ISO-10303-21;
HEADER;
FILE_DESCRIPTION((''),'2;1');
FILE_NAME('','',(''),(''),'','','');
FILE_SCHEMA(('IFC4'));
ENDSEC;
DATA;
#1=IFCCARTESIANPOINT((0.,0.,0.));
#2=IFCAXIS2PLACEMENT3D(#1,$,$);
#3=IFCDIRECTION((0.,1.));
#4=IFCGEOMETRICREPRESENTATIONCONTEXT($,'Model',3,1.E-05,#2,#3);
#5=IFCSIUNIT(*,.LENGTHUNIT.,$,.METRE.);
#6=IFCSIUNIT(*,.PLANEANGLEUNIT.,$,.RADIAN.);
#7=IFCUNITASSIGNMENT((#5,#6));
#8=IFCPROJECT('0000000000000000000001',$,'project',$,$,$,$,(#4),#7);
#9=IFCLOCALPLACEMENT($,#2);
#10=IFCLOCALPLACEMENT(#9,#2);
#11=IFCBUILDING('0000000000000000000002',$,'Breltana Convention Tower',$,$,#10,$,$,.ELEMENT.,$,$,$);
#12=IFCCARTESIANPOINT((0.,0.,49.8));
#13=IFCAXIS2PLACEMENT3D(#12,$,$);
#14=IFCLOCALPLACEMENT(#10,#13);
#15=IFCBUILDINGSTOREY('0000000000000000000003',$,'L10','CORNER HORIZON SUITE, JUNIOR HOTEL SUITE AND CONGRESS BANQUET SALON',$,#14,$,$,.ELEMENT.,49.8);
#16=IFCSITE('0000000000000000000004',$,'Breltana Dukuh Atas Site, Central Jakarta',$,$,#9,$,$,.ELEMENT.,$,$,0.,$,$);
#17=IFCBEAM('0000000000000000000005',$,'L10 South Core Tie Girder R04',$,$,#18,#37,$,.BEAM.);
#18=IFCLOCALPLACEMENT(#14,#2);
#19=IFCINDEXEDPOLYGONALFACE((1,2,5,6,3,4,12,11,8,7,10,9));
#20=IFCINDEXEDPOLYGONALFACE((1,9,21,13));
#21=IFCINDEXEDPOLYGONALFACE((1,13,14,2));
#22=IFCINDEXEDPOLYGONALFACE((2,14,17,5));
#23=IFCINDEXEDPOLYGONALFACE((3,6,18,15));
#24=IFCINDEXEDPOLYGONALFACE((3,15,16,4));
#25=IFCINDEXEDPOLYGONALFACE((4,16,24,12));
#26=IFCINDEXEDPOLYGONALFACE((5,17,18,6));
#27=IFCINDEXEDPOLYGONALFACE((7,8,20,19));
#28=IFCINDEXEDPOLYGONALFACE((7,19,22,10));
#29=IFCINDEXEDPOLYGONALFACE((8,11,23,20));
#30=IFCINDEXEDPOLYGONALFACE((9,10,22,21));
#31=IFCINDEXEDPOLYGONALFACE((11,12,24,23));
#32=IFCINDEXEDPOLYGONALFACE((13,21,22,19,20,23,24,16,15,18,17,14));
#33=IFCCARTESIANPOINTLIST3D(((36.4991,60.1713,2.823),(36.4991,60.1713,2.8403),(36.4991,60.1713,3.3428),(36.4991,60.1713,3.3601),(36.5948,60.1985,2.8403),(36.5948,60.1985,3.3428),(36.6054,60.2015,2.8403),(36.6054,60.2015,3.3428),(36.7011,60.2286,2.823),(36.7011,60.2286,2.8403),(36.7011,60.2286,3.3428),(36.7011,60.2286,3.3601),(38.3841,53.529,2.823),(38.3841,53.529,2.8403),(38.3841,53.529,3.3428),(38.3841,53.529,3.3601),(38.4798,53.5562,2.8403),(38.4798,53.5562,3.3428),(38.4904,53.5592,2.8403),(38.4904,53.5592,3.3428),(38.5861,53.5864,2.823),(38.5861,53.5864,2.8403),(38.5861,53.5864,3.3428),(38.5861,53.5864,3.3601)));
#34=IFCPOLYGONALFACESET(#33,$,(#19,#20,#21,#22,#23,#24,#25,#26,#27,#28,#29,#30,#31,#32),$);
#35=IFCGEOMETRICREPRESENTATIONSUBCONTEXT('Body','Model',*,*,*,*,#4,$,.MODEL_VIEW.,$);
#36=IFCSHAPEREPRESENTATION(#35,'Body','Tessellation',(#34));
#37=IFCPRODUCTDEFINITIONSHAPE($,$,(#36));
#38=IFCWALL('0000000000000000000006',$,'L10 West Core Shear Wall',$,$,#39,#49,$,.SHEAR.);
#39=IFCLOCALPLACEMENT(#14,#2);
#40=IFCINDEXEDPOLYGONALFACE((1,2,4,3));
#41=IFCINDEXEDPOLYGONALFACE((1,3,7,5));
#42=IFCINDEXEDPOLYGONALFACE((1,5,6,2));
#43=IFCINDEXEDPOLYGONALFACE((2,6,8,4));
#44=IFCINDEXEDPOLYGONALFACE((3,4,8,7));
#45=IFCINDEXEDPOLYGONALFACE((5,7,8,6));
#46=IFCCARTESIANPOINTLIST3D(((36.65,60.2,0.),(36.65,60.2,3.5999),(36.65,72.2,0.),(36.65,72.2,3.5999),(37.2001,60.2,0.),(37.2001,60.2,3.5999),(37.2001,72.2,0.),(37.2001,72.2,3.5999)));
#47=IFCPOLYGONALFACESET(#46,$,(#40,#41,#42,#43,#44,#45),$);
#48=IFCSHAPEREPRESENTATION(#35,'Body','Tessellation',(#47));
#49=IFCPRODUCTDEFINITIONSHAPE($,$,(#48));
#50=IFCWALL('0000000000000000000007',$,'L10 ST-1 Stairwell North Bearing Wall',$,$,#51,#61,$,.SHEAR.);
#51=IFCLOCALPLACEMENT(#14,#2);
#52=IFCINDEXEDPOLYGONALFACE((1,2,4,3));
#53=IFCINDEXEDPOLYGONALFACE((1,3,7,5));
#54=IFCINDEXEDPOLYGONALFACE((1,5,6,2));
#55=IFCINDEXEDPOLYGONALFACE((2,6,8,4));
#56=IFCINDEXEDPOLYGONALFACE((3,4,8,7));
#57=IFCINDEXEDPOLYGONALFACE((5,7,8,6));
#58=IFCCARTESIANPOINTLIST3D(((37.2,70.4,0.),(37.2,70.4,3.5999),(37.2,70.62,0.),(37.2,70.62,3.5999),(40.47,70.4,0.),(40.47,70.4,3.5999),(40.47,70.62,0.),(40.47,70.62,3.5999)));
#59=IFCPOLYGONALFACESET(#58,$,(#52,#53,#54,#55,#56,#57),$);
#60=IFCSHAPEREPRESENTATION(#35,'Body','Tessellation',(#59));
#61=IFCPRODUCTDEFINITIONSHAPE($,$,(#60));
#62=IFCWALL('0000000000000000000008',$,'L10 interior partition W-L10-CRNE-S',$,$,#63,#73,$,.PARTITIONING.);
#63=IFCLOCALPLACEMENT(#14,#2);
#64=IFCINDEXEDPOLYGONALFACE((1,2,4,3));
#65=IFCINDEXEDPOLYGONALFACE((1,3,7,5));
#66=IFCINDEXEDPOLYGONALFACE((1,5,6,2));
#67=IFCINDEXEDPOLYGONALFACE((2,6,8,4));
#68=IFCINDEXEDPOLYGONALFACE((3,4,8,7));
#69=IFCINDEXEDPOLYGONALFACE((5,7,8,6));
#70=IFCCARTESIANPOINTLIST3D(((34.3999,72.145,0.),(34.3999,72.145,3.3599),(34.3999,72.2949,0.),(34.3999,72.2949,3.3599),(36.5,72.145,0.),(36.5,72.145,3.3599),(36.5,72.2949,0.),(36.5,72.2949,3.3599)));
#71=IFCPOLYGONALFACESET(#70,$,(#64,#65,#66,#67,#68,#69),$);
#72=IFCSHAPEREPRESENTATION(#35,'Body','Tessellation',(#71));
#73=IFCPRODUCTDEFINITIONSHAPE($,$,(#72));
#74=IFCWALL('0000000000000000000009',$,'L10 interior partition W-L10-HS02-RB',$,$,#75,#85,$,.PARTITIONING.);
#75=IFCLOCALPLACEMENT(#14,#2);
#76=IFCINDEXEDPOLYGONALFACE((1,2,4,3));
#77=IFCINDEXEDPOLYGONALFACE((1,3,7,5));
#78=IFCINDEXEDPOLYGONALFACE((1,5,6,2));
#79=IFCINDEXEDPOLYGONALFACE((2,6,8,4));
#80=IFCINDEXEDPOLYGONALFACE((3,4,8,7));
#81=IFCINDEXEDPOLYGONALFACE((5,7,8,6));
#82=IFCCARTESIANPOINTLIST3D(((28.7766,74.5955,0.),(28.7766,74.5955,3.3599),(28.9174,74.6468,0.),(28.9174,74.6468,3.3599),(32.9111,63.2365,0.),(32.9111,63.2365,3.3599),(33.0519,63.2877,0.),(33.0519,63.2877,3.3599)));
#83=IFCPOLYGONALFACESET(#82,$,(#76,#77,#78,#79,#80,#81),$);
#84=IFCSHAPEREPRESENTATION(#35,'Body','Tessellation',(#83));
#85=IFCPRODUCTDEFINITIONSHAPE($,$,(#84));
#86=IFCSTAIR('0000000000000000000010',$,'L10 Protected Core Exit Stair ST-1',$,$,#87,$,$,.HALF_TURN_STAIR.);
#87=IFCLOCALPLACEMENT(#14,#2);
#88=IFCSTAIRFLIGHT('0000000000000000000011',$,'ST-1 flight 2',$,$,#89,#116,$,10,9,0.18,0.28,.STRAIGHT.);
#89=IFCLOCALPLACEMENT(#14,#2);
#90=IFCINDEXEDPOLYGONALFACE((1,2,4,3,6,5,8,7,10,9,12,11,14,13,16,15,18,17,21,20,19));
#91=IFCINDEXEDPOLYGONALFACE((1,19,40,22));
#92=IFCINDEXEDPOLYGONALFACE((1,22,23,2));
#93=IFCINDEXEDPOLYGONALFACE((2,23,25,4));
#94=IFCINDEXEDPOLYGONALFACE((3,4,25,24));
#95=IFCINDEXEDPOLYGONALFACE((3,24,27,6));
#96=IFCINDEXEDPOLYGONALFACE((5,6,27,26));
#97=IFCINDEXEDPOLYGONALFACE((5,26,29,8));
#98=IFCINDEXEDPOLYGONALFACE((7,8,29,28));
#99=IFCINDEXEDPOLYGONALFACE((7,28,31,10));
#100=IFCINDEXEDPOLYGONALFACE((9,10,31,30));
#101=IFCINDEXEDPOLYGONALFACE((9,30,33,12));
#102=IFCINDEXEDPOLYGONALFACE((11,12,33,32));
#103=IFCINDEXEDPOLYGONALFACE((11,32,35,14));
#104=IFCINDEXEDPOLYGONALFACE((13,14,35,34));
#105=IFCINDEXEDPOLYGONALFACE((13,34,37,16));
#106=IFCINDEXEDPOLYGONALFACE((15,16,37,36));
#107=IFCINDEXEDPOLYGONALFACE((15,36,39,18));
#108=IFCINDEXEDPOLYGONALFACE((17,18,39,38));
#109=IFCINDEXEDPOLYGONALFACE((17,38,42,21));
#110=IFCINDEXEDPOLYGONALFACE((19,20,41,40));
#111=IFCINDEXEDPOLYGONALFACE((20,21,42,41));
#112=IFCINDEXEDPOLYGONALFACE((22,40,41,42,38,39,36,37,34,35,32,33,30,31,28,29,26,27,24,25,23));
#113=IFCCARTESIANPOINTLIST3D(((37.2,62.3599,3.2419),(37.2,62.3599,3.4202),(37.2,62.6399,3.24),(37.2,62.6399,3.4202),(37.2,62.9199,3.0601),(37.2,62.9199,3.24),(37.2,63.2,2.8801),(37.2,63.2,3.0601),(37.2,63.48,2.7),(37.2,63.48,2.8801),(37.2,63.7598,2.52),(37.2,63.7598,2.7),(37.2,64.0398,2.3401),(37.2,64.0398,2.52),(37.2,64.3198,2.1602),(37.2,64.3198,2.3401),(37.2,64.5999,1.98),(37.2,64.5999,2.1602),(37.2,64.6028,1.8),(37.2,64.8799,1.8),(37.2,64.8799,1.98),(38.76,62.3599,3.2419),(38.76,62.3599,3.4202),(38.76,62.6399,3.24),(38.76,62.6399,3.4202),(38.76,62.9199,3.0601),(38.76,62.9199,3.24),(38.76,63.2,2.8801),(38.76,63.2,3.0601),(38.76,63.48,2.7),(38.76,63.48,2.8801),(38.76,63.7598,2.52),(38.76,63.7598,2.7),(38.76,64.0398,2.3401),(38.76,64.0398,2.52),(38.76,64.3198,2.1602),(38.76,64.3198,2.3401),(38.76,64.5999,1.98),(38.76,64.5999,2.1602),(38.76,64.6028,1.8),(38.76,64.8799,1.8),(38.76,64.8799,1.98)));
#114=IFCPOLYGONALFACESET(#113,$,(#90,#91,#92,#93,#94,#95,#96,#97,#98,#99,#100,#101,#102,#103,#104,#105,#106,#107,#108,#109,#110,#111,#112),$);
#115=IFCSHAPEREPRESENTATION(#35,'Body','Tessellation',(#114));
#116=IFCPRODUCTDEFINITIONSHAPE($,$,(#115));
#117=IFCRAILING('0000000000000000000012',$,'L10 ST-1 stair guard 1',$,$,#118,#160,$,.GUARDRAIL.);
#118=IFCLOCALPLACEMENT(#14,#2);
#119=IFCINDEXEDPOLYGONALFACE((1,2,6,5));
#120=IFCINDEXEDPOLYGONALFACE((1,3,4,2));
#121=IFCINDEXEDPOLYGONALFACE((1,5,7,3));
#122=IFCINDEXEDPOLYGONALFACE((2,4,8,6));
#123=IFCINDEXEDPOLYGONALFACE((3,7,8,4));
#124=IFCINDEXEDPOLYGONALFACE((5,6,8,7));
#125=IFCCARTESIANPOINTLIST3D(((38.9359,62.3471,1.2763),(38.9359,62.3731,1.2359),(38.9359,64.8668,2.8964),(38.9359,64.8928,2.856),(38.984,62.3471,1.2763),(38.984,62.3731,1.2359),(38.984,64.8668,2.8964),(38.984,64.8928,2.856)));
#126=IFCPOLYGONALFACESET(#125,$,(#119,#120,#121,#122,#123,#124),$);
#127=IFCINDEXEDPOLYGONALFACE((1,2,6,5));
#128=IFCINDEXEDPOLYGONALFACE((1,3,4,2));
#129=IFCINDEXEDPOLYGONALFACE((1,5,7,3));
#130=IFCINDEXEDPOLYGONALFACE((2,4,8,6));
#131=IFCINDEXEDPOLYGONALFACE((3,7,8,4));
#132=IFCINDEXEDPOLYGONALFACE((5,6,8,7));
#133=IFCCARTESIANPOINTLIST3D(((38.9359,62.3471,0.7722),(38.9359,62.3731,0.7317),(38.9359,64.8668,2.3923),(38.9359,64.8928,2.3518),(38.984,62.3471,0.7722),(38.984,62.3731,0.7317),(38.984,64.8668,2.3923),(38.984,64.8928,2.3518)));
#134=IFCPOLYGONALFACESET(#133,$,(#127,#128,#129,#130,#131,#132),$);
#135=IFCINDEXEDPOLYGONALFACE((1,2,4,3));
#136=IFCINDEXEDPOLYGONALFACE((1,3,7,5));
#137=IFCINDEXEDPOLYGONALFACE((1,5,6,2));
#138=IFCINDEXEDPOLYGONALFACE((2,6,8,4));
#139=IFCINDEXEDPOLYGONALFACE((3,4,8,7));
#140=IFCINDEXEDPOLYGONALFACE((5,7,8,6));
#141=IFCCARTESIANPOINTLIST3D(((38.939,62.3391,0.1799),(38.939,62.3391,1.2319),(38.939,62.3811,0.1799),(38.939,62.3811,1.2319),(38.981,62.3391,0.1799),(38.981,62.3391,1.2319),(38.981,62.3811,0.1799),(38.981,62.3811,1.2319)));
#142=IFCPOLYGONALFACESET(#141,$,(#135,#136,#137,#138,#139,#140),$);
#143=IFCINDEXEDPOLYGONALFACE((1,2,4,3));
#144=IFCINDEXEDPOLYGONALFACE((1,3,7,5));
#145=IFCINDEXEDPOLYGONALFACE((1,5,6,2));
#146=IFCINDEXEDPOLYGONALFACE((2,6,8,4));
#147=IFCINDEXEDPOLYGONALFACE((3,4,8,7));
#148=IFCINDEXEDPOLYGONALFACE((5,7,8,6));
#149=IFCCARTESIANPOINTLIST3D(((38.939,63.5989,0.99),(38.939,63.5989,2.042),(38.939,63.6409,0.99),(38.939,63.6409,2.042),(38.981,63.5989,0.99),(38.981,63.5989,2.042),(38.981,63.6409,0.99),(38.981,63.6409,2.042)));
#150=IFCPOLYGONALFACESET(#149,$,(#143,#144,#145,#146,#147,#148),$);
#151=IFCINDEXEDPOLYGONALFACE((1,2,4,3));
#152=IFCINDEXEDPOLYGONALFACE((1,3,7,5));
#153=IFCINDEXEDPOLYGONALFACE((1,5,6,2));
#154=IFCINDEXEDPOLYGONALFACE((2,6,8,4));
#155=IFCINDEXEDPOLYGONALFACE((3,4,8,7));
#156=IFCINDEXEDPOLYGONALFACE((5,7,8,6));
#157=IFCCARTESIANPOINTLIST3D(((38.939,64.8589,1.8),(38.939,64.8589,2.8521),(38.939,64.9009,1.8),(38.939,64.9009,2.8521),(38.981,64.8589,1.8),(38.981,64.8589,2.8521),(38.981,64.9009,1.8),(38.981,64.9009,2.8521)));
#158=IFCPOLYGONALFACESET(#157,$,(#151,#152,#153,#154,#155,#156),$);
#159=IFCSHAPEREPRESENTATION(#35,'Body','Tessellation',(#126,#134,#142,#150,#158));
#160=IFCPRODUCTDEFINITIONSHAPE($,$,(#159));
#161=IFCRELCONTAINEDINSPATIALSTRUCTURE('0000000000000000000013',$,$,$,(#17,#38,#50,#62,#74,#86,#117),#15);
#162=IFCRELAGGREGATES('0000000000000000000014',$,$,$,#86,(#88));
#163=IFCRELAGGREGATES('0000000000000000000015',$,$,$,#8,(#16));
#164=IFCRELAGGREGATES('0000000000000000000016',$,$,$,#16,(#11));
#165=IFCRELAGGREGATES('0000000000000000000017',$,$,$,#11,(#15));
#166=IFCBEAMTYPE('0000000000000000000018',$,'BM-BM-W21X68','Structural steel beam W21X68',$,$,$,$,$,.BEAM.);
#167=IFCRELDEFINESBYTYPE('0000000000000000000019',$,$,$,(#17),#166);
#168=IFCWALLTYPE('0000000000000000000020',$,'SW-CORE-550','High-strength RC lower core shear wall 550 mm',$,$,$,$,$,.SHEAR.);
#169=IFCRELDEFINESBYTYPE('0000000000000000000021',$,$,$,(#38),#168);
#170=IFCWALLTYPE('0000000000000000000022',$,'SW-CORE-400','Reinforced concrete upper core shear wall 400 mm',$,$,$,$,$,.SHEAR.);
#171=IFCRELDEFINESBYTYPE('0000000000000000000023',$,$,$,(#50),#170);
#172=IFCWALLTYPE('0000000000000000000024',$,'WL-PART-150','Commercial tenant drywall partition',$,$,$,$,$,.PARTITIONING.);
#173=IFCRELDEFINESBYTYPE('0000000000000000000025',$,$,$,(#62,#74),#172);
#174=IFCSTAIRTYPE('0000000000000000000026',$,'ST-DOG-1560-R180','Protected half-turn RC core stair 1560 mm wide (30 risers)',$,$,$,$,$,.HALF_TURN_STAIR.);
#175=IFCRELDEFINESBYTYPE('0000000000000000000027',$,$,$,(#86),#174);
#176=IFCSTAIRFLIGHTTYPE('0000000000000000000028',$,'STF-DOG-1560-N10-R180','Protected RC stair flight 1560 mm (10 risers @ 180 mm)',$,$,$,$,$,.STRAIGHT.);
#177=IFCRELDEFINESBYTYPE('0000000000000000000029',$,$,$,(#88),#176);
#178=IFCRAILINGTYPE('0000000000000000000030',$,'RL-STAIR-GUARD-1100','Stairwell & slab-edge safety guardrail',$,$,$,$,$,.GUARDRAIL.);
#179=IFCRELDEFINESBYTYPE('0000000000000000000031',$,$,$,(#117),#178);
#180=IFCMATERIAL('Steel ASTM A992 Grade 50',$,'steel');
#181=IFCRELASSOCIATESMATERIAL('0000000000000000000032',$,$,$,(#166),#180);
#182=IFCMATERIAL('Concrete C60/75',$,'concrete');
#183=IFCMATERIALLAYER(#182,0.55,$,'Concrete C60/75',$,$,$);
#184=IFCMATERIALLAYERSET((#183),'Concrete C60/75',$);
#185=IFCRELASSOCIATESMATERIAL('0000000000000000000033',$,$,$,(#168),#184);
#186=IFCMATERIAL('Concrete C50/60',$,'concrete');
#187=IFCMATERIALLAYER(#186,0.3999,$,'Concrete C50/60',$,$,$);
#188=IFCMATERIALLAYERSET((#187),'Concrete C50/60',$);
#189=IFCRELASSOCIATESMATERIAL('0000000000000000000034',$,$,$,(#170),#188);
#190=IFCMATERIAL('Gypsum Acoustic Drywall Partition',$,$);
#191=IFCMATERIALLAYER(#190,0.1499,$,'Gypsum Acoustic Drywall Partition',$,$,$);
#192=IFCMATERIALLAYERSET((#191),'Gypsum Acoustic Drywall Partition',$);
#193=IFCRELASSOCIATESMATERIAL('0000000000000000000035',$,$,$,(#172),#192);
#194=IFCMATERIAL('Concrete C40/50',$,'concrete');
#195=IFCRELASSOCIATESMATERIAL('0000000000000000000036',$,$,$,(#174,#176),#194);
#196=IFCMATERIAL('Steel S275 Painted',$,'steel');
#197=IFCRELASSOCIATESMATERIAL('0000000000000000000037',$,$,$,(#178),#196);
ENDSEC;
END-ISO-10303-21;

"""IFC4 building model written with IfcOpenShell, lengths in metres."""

from ifc_helpers import new_model, si_unit, direction, frame, frame_2d, origin, origin_2d, place, context, subcontext, project, spatial, polyline, rectangle, i_section, outline, extrude, source, transform, mapped, material, layer, layer_set, material_profile, profile_set, type_object, type_shapes, element, aggregate, save


model = new_model("IFC4")

# Units and contexts
model_context = context("Model", 3, precision=1e-05, world=origin(), true_north=direction((0.0, 1.0)))
body_context = subcontext(model_context, "Body", "Model", "MODEL_VIEW")
ifc_project = project(units=[si_unit("LENGTHUNIT", "METRE"), si_unit("PLANEANGLEUNIT", "RADIAN")], contexts=[model_context])

# Site, building, storey
site_placement = place(None, origin())
site = spatial("IfcSite", under=ifc_project, at=site_placement, Name="Breltana Dukuh Atas Site, Central Jakarta", CompositionType="ELEMENT", RefElevation=0.0)
building_placement = place(site_placement, origin())
building = spatial("IfcBuilding", under=site, at=building_placement, Name="Breltana Convention Tower", CompositionType="ELEMENT")
storey_placement = place(building_placement, frame((0.0, 0.0, 49.8)))
storey = spatial("IfcBuildingStorey", under=building, at=storey_placement, Name="L10", Description="CORNER HORIZON SUITE, JUNIOR HOTEL SUITE AND CONGRESS BANQUET SALON", CompositionType="ELEMENT", Elevation=49.8)

# Beam
ifc_material_1 = material(Name="Steel ASTM A992 Grade 50", Category="steel")
ifc_material_profile = material_profile(ifc_material_1, i_section(OverallWidth=0.21, OverallDepth=0.5371, WebThickness=0.011, FlangeThickness=0.0173, at=origin_2d()), Name="W21X68")
ifc_profile_set = profile_set([ifc_material_profile], Name="Steel ASTM A992 Grade 50")
beam_type = type_object("IfcBeamType", Name="BM-BM-W21X68", Description="Structural steel beam W21X68", PredefinedType="BEAM", material=ifc_profile_set)
shared_shape_1 = source(origin(), body_context, "Body", "SweptSolid", [
    extrude(i_section(OverallWidth=0.21, OverallDepth=0.5371, WebThickness=0.011, FlangeThickness=0.0173, at=origin_2d()), origin(), (0.0, 0.0, 1.0), 6.9045),
])
type_shapes(beam_type, [shared_shape_1])
beam_placement = place(storey_placement, frame((36.6001, 60.2, 3.0916), z_axis=(0.273007, -0.962012, 0.0), x_axis=(0.962012, 0.273007, 0.0)))
element("IfcBeam", 1, at=beam_placement, inside=storey, type_object=beam_type, Name="L10 South Core Tie Girder R04", PredefinedType="BEAM", context=body_context, shape_type="MappedRepresentation", body=[
    mapped(shared_shape_1, transform((0.0, 0.0, 0.0), scale=1.0)),
])

# Wall
ifc_material_2 = material(Name="Concrete C60/75", Category="concrete")
ifc_layer_1 = layer(ifc_material_2, 0.55, Name="Concrete C60/75")
ifc_layer_set_1 = layer_set([ifc_layer_1], Name="Concrete C60/75")
wall_type_1 = type_object("IfcWallType", Name="SW-CORE-550", Description="High-strength RC lower core shear wall 550 mm", PredefinedType="SHEAR", material=ifc_layer_set_1)
shared_shape_2 = source(origin(), body_context, "Body", "SweptSolid", [
    extrude(rectangle(XDim=12.0, YDim=0.55, at=frame_2d((6.0, 0.0))), origin(), (0.0, 0.0, 1.0), 3.5999),
])
wall_1_placement = place(storey_placement, frame((36.925, 60.2, 0.0), z_axis=(0.0, 0.0, 1.0), x_axis=(0.0, 1.0, 0.0)))
element("IfcWall", 2, at=wall_1_placement, inside=storey, type_object=wall_type_1, Name="L10 West Core Shear Wall", PredefinedType="SHEAR", context=body_context, shape_type="MappedRepresentation", body=[
    mapped(shared_shape_2, transform((0.0, 0.0, 0.0), scale=1.0)),
])

# Walls
ifc_material_3 = material(Name="Concrete C50/60", Category="concrete")
ifc_layer_2 = layer(ifc_material_3, 0.3999, Name="Concrete C50/60")
ifc_layer_set_2 = layer_set([ifc_layer_2], Name="Concrete C50/60")
wall_type_2 = type_object("IfcWallType", Name="SW-CORE-400", Description="Reinforced concrete upper core shear wall 400 mm", PredefinedType="SHEAR", material=ifc_layer_set_2)
shared_shape_3 = source(origin(), body_context, "Body", "SweptSolid", [
    extrude(rectangle(XDim=3.27, YDim=0.22, at=frame_2d((1.635, 0.0))), origin(), (0.0, 0.0, 1.0), 3.5999),
])
wall_2_placement = place(storey_placement, frame((37.2, 70.51, 0.0), z_axis=(0.0, 0.0, 1.0), x_axis=(1.0, 0.0, 0.0)))
element("IfcWall", 3, at=wall_2_placement, inside=storey, type_object=wall_type_2, Name="L10 ST-1 Stairwell North Bearing Wall", PredefinedType="SHEAR", context=body_context, shape_type="MappedRepresentation", body=[
    mapped(shared_shape_3, transform((0.0, 0.0, 0.0), scale=1.0)),
])
ifc_material_4 = material(Name="Gypsum Acoustic Drywall Partition")
ifc_layer_3 = layer(ifc_material_4, 0.1499, Name="Gypsum Acoustic Drywall Partition")
ifc_layer_set_3 = layer_set([ifc_layer_3], Name="Gypsum Acoustic Drywall Partition")
wall_type_3 = type_object("IfcWallType", Name="WL-PART-150", Description="Commercial tenant drywall partition", PredefinedType="PARTITIONING", material=ifc_layer_set_3)
shared_shape_4 = source(origin(), body_context, "Body", "SweptSolid", [
    extrude(rectangle(XDim=2.1001, YDim=0.1499, at=frame_2d((1.05, 0.0))), origin(), (0.0, 0.0, 1.0), 3.3599),
])
wall_3_placement = place(storey_placement, frame((34.3999, 72.22, 0.0), z_axis=(0.0, 0.0, 1.0), x_axis=(1.0, 0.0, 0.0)))
element("IfcWall", 4, at=wall_3_placement, inside=storey, type_object=wall_type_3, Name="L10 interior partition W-L10-CRNE-S", PredefinedType="PARTITIONING", context=body_context, shape_type="MappedRepresentation", body=[
    mapped(shared_shape_4, transform((0.0, 0.0, 0.0), scale=1.0)),
])
shared_shape_5 = source(origin(), body_context, "Body", "SweptSolid", [
    extrude(rectangle(XDim=12.0881, YDim=0.1499, at=frame_2d((6.0439, 0.0))), origin(), (0.0, 0.0, 1.0), 3.3599),
])
wall_4_placement = place(storey_placement, frame((32.9814, 63.2622, 0.0), z_axis=(0.0, 0.0, 1.0), x_axis=(-0.34203, 0.939689, 0.0)))
element("IfcWall", 5, at=wall_4_placement, inside=storey, type_object=wall_type_3, Name="L10 interior partition W-L10-HS02-RB", PredefinedType="PARTITIONING", context=body_context, shape_type="MappedRepresentation", body=[
    mapped(shared_shape_5, transform((0.0, 0.0, 0.0), scale=1.0)),
])

# Stair, stair flight
ifc_material_5 = material(Name="Concrete C40/50", Category="concrete")
stair_type = type_object("IfcStairType", Name="ST-DOG-1560-R180", Description="Protected half-turn RC core stair 1560 mm wide (30 risers)", PredefinedType="HALF_TURN_STAIR", material=ifc_material_5)
stair_placement = place(storey_placement, origin())
stair = element("IfcStair", 6, at=stair_placement, inside=storey, type_object=stair_type, Name="L10 Protected Core Exit Stair ST-1", PredefinedType="HALF_TURN_STAIR")
stair_flight_type = type_object("IfcStairFlightType", Name="STF-DOG-1560-N10-R180", Description="Protected RC stair flight 1560 mm (10 risers @ 180 mm)", PredefinedType="STRAIGHT", material=ifc_material_5)
stair_flight_placement = place(storey_placement, frame((37.98, 64.8799, 1.8), z_axis=(0.0, 0.0, 1.0), x_axis=(0.0, -1.0, 0.0)))
stair_flight = element("IfcStairFlight", 7, at=stair_flight_placement, type_object=stair_flight_type, Name="ST-1 flight 2", NumberOfRisers=10, NumberOfTreads=9, PredefinedType="STRAIGHT", RiserHeight=0.18, TreadLength=0.28, context=body_context, shape_type="SweptSolid", body=[
    extrude(outline(polyline([(0.0, 0.0), (0.0, 0.1799), (0.28, 0.1799), (0.28, 0.3601), (0.5601, 0.3601), (0.5601, 0.54), (0.8401, 0.54), (0.8401, 0.72), (1.1201, 0.72), (1.1201, 0.8999), (1.3999, 0.8999), (1.3999, 1.0801), (1.6799, 1.0801), (1.6799, 1.26), (1.96, 1.26), (1.96, 1.4399), (2.24, 1.4399), (2.24, 1.6201), (2.52, 1.6201), (2.52, 1.8), (2.52, 1.4419), (0.2771, 0.0), (0.0, 0.0)])), frame((0.0, 0.78, 0.0), z_axis=(0.0, -1.0, 0.0), x_axis=(1.0, 0.0, 0.0)), (0.0, 0.0, 1.0), 1.5601),
])
aggregate(stair, [stair_flight])

# Railing
ifc_material_6 = material(Name="Steel S275 Painted", Category="steel")
railing_type_1 = type_object("IfcRailingType", Name="RL-STAIR-GUARD-1100", Description="Stairwell & slab-edge safety guardrail", PredefinedType="GUARDRAIL", material=ifc_material_6)
railing_1_placement = place(storey_placement, frame((38.96, 62.3601, 0.1799)))
element("IfcRailing", 8, at=railing_1_placement, inside=storey, type_object=railing_type_1, Name="L10 ST-1 stair guard 1", PredefinedType="GUARDRAIL", context=body_context, shape_type="SweptSolid", body=[
    extrude(rectangle(XDim=0.0481, YDim=0.0481, at=origin_2d()), frame((0.0, 0.0, 1.0762), z_axis=(0.0, 0.841139, 0.540819), x_axis=(-1.0, 0.0, 0.0)), (0.0, 0.0, 1.0), 2.9956),
    extrude(rectangle(XDim=0.0481, YDim=0.0481, at=origin_2d()), frame((0.0, 0.0, 0.572), z_axis=(0.0, 0.841139, 0.540819), x_axis=(-1.0, 0.0, 0.0)), (0.0, 0.0, 1.0), 2.9956),
    extrude(rectangle(XDim=0.042, YDim=0.042, at=origin_2d()), origin(), (0.0, 0.0, 1.0), 1.052),
    extrude(rectangle(XDim=0.042, YDim=0.042, at=origin_2d()), frame((0.0, 1.2598, 0.8101)), (0.0, 0.0, 1.0), 1.052),
    extrude(rectangle(XDim=0.042, YDim=0.042, at=origin_2d()), frame((0.0, 2.5198, 1.6201)), (0.0, 0.0, 1.0), 1.052),
])

save(model, "model.ifc")
